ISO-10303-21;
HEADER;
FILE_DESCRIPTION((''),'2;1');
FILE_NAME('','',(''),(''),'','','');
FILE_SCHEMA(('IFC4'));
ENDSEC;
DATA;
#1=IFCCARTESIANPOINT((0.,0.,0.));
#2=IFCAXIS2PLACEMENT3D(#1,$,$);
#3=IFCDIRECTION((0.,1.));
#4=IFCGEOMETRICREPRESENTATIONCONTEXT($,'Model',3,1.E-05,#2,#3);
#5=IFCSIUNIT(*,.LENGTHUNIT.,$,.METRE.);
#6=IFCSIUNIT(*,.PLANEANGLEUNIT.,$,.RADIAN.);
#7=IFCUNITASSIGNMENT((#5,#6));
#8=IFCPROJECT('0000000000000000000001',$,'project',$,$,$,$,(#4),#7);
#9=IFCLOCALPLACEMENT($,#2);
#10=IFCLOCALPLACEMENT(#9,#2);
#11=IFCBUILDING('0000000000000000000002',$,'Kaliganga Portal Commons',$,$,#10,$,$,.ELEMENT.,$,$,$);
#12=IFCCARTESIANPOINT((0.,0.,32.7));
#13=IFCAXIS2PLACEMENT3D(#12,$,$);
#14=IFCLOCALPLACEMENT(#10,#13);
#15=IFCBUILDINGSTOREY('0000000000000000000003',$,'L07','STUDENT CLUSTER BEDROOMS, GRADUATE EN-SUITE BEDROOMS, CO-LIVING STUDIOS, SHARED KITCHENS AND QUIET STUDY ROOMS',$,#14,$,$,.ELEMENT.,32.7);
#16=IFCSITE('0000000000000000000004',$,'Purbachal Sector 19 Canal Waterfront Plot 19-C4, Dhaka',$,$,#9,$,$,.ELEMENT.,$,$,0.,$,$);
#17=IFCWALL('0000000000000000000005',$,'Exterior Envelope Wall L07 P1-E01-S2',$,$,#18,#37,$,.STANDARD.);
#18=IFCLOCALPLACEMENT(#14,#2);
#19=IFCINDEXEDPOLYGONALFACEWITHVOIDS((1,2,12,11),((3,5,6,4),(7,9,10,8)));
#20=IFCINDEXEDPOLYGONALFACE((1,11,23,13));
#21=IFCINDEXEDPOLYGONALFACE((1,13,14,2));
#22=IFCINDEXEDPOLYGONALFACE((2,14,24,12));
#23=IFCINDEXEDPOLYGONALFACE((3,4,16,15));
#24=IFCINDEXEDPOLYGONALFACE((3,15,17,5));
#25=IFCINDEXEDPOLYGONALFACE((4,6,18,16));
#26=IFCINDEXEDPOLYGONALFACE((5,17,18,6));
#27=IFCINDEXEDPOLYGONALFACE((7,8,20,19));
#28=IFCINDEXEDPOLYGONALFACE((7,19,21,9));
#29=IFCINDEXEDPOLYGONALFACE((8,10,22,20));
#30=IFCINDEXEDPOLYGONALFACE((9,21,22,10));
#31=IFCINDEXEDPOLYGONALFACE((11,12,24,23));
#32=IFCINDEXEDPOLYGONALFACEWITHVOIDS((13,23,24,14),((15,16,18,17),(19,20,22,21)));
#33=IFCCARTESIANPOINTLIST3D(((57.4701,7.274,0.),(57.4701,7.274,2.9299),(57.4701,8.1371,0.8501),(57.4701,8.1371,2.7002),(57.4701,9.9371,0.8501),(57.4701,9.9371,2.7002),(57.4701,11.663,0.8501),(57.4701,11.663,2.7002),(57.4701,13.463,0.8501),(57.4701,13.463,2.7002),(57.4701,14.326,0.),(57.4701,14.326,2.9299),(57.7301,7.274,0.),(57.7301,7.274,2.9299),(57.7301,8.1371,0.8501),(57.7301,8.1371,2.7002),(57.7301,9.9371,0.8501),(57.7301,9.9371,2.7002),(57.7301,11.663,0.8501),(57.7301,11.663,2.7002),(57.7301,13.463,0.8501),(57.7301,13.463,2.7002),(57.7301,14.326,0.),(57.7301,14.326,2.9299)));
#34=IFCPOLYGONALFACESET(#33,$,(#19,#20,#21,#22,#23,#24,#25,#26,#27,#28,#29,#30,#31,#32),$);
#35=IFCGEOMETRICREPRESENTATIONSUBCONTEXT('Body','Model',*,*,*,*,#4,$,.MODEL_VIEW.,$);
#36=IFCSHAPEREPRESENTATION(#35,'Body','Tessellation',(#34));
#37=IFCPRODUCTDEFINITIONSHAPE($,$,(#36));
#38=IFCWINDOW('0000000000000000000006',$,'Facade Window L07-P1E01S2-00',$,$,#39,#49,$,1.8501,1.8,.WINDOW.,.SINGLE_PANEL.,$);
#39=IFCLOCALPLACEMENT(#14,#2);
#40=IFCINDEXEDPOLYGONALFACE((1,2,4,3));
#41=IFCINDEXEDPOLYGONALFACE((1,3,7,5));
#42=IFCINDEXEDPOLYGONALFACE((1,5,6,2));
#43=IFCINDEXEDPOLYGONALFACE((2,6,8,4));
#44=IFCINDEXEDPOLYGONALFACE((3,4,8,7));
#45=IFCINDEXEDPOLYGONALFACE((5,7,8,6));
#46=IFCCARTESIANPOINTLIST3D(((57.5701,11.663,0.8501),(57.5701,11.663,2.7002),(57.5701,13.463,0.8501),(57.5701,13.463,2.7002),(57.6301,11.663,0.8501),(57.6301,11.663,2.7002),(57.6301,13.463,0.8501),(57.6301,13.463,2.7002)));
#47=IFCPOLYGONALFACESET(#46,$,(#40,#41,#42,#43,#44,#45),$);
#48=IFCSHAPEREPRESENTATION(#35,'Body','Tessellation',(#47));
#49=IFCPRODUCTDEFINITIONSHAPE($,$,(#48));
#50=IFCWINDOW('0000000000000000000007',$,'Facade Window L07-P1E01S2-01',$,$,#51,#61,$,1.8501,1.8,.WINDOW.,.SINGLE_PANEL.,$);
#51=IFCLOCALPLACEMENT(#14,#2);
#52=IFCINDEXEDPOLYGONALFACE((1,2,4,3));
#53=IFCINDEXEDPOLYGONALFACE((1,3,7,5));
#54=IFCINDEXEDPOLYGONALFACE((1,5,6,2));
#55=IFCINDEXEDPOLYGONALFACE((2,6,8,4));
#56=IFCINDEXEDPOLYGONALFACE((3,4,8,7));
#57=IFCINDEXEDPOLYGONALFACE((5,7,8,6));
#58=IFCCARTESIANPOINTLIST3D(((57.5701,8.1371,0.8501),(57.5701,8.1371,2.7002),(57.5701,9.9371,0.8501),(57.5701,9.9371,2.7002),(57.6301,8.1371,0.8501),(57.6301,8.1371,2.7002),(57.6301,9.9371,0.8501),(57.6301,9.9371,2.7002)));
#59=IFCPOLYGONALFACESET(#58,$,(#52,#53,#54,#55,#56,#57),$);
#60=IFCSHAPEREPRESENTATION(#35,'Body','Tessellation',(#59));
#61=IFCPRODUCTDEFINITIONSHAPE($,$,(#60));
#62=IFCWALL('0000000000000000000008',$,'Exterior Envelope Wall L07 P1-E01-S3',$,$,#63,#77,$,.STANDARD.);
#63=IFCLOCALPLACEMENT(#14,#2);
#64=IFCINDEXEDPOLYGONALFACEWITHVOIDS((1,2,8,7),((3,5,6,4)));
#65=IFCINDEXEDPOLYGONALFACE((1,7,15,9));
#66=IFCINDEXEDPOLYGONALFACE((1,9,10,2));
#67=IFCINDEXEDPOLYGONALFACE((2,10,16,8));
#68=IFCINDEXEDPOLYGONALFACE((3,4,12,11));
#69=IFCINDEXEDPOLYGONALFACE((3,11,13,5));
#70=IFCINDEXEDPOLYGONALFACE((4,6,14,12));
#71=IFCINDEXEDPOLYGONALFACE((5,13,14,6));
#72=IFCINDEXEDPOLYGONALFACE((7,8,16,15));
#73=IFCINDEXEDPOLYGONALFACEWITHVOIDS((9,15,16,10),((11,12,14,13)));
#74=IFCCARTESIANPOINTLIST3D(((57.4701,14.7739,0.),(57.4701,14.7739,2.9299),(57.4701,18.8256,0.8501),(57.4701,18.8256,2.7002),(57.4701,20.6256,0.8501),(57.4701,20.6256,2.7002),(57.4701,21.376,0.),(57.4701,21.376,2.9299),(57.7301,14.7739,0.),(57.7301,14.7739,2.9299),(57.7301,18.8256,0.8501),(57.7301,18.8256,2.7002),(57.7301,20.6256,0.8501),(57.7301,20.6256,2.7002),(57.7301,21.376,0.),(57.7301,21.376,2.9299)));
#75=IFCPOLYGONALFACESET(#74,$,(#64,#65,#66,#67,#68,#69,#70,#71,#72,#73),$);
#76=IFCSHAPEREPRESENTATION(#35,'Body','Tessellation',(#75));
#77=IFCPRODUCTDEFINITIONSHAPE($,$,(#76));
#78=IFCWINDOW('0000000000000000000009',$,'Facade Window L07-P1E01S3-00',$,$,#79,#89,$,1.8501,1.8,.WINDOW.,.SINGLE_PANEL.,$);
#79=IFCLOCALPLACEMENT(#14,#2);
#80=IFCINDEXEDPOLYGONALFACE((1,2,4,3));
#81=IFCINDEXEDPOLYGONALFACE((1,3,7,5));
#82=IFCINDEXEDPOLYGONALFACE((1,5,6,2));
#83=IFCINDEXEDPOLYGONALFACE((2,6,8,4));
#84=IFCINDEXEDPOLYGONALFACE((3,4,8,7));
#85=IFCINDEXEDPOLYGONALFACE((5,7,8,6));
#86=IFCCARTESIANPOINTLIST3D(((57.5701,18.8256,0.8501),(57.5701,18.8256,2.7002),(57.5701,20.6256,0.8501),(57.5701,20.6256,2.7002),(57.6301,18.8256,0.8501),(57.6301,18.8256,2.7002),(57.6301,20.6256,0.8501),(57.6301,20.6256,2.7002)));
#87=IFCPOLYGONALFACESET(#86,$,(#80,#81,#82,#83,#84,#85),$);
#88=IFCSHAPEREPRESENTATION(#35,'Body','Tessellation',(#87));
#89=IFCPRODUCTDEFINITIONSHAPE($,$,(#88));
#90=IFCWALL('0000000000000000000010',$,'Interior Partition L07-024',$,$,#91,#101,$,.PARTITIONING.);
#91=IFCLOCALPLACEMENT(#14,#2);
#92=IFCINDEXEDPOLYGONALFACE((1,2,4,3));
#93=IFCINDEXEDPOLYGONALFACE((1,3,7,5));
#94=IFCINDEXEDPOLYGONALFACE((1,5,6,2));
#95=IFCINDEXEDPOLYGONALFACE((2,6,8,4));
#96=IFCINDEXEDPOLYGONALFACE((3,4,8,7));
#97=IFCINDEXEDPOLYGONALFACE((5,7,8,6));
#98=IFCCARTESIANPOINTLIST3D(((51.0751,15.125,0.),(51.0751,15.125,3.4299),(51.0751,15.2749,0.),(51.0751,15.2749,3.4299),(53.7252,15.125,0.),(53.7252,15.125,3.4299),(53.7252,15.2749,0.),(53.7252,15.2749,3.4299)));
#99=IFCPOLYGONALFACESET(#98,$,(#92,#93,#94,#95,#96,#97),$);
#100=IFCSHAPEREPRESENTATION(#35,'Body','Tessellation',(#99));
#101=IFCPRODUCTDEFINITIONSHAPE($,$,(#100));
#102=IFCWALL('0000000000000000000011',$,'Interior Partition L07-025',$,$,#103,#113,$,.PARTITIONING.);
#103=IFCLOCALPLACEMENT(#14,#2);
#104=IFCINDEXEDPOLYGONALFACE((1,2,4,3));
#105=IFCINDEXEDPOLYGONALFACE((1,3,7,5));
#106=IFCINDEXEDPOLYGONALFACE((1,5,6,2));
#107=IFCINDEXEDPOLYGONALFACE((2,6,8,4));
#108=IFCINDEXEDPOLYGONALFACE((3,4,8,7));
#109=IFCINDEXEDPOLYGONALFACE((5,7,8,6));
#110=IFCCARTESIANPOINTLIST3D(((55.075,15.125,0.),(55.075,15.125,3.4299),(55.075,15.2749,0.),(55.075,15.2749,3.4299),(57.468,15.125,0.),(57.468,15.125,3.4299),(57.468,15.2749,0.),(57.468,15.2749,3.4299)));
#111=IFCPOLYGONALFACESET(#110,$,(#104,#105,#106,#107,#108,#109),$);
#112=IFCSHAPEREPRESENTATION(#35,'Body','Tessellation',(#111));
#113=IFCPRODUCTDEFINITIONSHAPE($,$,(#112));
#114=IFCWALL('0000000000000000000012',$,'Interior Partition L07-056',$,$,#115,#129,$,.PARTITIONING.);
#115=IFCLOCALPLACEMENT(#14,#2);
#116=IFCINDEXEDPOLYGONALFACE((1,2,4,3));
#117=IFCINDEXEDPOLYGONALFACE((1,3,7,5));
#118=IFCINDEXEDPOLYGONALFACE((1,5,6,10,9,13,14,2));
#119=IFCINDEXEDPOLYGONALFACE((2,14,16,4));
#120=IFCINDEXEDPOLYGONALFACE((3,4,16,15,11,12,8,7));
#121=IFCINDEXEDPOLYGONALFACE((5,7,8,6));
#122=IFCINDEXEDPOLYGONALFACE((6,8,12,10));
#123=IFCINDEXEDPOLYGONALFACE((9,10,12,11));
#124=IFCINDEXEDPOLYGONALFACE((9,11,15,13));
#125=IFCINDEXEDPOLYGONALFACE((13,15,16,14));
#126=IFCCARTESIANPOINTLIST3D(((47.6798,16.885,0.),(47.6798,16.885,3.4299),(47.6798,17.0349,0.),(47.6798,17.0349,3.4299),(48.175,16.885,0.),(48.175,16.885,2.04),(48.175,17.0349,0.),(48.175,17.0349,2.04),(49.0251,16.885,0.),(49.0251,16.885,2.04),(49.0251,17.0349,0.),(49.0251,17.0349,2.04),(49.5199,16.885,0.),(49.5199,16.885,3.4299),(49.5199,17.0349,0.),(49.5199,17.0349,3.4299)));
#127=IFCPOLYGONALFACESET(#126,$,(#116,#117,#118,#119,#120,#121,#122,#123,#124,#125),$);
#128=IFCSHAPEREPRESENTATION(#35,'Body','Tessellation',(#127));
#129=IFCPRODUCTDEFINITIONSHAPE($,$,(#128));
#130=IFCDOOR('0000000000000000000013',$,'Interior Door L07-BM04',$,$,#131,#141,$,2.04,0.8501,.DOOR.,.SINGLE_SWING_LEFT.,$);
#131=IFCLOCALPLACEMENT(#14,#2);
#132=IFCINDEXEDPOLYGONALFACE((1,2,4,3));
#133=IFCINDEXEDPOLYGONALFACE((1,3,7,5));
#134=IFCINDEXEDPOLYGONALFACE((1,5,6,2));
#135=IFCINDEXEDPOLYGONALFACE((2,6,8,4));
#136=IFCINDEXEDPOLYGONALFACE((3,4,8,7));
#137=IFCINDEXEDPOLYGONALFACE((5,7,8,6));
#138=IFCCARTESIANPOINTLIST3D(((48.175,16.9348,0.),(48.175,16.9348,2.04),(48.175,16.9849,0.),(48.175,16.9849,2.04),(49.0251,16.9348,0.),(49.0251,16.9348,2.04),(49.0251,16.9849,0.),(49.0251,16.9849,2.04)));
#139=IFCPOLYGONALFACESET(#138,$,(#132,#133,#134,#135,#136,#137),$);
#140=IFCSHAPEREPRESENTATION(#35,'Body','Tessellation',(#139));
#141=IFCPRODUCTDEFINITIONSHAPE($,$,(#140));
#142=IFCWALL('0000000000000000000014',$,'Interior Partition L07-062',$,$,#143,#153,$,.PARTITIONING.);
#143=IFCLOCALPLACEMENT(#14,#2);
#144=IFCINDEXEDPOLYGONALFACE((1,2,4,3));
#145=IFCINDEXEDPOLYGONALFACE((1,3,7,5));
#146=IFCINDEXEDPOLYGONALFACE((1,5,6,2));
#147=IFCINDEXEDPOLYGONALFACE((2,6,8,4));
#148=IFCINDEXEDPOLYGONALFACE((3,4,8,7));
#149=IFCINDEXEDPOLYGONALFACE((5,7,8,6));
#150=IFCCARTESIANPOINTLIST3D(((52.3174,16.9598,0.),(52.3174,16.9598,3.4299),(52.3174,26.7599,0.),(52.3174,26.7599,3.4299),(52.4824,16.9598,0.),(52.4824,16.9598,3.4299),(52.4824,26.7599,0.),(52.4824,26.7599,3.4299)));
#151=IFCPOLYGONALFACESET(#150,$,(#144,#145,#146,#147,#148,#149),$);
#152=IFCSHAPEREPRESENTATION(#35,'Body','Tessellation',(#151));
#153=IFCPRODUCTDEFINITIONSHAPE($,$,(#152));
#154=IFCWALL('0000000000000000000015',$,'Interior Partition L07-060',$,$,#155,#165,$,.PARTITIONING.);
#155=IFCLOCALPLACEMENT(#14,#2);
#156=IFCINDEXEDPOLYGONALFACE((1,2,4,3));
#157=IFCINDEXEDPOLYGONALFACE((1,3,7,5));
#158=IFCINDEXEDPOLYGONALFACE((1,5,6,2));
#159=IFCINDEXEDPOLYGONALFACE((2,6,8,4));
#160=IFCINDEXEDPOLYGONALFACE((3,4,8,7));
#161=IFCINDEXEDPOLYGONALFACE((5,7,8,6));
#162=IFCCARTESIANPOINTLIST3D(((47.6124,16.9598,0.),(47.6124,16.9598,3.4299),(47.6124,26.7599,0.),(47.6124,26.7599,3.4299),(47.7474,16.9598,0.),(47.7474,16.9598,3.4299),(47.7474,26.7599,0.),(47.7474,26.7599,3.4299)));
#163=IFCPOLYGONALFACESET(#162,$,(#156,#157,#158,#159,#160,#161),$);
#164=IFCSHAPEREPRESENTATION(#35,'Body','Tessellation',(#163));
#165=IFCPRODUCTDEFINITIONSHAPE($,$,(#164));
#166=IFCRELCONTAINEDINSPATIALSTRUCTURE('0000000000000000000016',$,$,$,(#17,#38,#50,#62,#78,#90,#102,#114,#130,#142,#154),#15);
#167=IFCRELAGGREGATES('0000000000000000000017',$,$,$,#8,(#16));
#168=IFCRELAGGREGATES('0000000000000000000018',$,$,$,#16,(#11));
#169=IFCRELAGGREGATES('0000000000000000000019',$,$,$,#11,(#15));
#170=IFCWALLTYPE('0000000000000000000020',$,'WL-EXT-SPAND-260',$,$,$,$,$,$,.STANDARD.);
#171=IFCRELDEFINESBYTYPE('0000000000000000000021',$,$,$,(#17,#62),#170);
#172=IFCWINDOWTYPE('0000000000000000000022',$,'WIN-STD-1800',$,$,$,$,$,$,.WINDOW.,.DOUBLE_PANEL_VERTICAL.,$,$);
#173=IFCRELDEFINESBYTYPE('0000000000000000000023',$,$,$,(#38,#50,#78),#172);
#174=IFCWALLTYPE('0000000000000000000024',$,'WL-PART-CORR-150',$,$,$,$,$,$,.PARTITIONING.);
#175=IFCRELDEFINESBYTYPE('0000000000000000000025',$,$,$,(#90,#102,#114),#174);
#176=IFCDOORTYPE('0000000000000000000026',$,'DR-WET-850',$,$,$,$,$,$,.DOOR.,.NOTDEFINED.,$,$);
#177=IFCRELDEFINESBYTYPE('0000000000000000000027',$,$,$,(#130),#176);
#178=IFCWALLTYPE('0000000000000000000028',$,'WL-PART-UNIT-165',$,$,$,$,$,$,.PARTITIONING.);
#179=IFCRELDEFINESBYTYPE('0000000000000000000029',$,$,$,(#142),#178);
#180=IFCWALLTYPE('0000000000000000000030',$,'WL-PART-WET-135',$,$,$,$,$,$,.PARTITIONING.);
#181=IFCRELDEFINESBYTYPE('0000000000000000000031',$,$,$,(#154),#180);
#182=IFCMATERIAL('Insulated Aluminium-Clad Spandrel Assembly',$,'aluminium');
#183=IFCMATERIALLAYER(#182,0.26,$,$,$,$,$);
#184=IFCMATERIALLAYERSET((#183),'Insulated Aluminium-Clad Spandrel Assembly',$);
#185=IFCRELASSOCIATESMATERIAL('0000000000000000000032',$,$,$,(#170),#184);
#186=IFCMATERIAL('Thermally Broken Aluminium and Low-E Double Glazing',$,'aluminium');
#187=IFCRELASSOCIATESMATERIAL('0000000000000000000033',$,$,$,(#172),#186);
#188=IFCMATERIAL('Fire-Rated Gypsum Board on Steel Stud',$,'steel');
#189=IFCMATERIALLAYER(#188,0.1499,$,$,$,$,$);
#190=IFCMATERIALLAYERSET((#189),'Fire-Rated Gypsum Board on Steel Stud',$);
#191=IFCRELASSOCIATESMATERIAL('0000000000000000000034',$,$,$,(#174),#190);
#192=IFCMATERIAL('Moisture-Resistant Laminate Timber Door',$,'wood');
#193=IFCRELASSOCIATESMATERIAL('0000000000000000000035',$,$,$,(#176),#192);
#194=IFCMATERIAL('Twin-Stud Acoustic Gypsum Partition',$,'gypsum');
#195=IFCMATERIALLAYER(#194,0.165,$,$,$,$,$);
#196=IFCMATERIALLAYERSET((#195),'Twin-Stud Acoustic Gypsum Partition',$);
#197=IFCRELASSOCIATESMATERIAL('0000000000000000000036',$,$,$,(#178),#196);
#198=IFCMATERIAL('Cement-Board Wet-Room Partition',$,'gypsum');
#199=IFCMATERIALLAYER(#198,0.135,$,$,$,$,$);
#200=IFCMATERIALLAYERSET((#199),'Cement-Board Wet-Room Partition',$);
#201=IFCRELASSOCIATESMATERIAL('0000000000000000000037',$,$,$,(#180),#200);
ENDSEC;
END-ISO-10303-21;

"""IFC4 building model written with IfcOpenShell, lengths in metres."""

from ifc_helpers import new_model, si_unit, direction, frame, frame_2d, origin, place, context, subcontext, project, spatial, rectangle, extrude, material, layer, layer_set, type_object, element, fill, save


model = new_model("IFC4")

# Units and contexts
model_context = context("Model", 3, precision=1e-05, world=origin(), true_north=direction((0.0, 1.0)))
body_context = subcontext(model_context, "Body", "Model", "MODEL_VIEW")
ifc_project = project(units=[si_unit("LENGTHUNIT", "METRE"), si_unit("PLANEANGLEUNIT", "RADIAN")], contexts=[model_context])

# Site, building, storey
site_placement = place(None, origin())
site = spatial("IfcSite", under=ifc_project, at=site_placement, Name="Purbachal Sector 19 Canal Waterfront Plot 19-C4, Dhaka", CompositionType="ELEMENT", RefElevation=0.0)
building_placement = place(site_placement, origin())
building = spatial("IfcBuilding", under=site, at=building_placement, Name="Kaliganga Portal Commons", CompositionType="ELEMENT")
storey_placement = place(building_placement, frame((0.0, 0.0, 32.7)))
storey = spatial("IfcBuildingStorey", under=building, at=storey_placement, Name="L07", Description="STUDENT CLUSTER BEDROOMS, GRADUATE EN-SUITE BEDROOMS, CO-LIVING STUDIOS, SHARED KITCHENS AND QUIET STUDY ROOMS", CompositionType="ELEMENT", Elevation=32.7)

# Wall, openings, windows
ifc_material_1 = material(Name="Insulated Aluminium-Clad Spandrel Assembly", Category="aluminium")
ifc_layer_1 = layer(ifc_material_1, 0.26)
ifc_layer_set_1 = layer_set([ifc_layer_1], Name="Insulated Aluminium-Clad Spandrel Assembly")
wall_type_1 = type_object("IfcWallType", Name="WL-EXT-SPAND-260", PredefinedType="STANDARD", material=ifc_layer_set_1)
wall_1_placement = place(storey_placement, frame((57.6001, 14.3259, 0.0), z_axis=(0.0, 0.0, 1.0), x_axis=(0.0, -1.0, 0.0)))
wall_1 = element("IfcWall", 1, at=wall_1_placement, inside=storey, type_object=wall_type_1, Name="Exterior Envelope Wall L07 P1-E01-S2", PredefinedType="STANDARD", context=body_context, shape_type="SweptSolid", body=[
    extrude(rectangle(XDim=7.052, YDim=0.26, at=frame_2d((3.5259, 0.0))), origin(), (0.0, 0.0, 1.0), 2.9299),
])
opening_1_placement = place(wall_1_placement, frame((0.863, 0.0, 0.8501)))
opening_1 = element("IfcOpeningElement", 2, at=opening_1_placement, cuts=wall_1, PredefinedType="OPENING", context=body_context, shape_type="SweptSolid", body=[
    extrude(rectangle(XDim=1.8, YDim=1.8501, at=frame_2d((0.8999, 0.925))), frame((0.0, 0.1401, 0.0), z_axis=(0.0, -1.0, 0.0), x_axis=(1.0, 0.0, 0.0)), (0.0, 0.0, 1.0), 0.28),
])
opening_2_placement = place(wall_1_placement, frame((4.3889, 0.0, 0.8501)))
opening_2 = element("IfcOpeningElement", 3, at=opening_2_placement, cuts=wall_1, PredefinedType="OPENING", context=body_context, shape_type="SweptSolid", body=[
    extrude(rectangle(XDim=1.8, YDim=1.8501, at=frame_2d((0.8999, 0.925))), frame((0.0, 0.1401, 0.0), z_axis=(0.0, -1.0, 0.0), x_axis=(1.0, 0.0, 0.0)), (0.0, 0.0, 1.0), 0.28),
])
ifc_material_2 = material(Name="Thermally Broken Aluminium and Low-E Double Glazing", Category="aluminium")
window_type = type_object("IfcWindowType", Name="WIN-STD-1800", PartitioningType="DOUBLE_PANEL_VERTICAL", PredefinedType="WINDOW", material=ifc_material_2)
window_1_placement = place(opening_1_placement, origin())
window_1 = element("IfcWindow", 4, at=window_1_placement, inside=storey, type_object=window_type, Name="Facade Window L07-P1E01S2-00", OverallHeight=1.8501, OverallWidth=1.8, PartitioningType="SINGLE_PANEL", PredefinedType="WINDOW", context=body_context, shape_type="SweptSolid", body=[
    extrude(rectangle(XDim=1.8, YDim=1.8501, at=frame_2d((0.8999, 0.925))), frame((0.0, 0.03, 0.0), z_axis=(0.0, -1.0, 0.0), x_axis=(1.0, 0.0, 0.0)), (0.0, 0.0, 1.0), 0.0601),
])
fill(opening_1, window_1)
window_2_placement = place(opening_2_placement, origin())
window_2 = element("IfcWindow", 5, at=window_2_placement, inside=storey, type_object=window_type, Name="Facade Window L07-P1E01S2-01", OverallHeight=1.8501, OverallWidth=1.8, PartitioningType="SINGLE_PANEL", PredefinedType="WINDOW", context=body_context, shape_type="SweptSolid", body=[
    extrude(rectangle(XDim=1.8, YDim=1.8501, at=frame_2d((0.8999, 0.925))), frame((0.0, 0.03, 0.0), z_axis=(0.0, -1.0, 0.0), x_axis=(1.0, 0.0, 0.0)), (0.0, 0.0, 1.0), 0.0601),
])
fill(opening_2, window_2)

# Wall, opening, window
wall_2_placement = place(storey_placement, frame((57.6001, 21.376, 0.0), z_axis=(0.0, 0.0, 1.0), x_axis=(0.0, -1.0, 0.0)))
wall_2 = element("IfcWall", 6, at=wall_2_placement, inside=storey, type_object=wall_type_1, Name="Exterior Envelope Wall L07 P1-E01-S3", PredefinedType="STANDARD", context=body_context, shape_type="SweptSolid", body=[
    extrude(rectangle(XDim=6.6021, YDim=0.26, at=frame_2d((3.301, 0.0))), origin(), (0.0, 0.0, 1.0), 2.9299),
])
opening_3_placement = place(wall_2_placement, frame((0.7505, 0.0, 0.8501)))
opening_3 = element("IfcOpeningElement", 7, at=opening_3_placement, cuts=wall_2, PredefinedType="OPENING", context=body_context, shape_type="SweptSolid", body=[
    extrude(rectangle(XDim=1.8, YDim=1.8501, at=frame_2d((0.8999, 0.925))), frame((0.0, 0.1401, 0.0), z_axis=(0.0, -1.0, 0.0), x_axis=(1.0, 0.0, 0.0)), (0.0, 0.0, 1.0), 0.28),
])
window_3_placement = place(opening_3_placement, origin())
window_3 = element("IfcWindow", 8, at=window_3_placement, inside=storey, type_object=window_type, Name="Facade Window L07-P1E01S3-00", OverallHeight=1.8501, OverallWidth=1.8, PartitioningType="SINGLE_PANEL", PredefinedType="WINDOW", context=body_context, shape_type="SweptSolid", body=[
    extrude(rectangle(XDim=1.8, YDim=1.8501, at=frame_2d((0.8999, 0.925))), frame((0.0, 0.03, 0.0), z_axis=(0.0, -1.0, 0.0), x_axis=(1.0, 0.0, 0.0)), (0.0, 0.0, 1.0), 0.0601),
])
fill(opening_3, window_3)

# Walls
ifc_material_3 = material(Name="Fire-Rated Gypsum Board on Steel Stud", Category="steel")
ifc_layer_2 = layer(ifc_material_3, 0.1499)
ifc_layer_set_2 = layer_set([ifc_layer_2], Name="Fire-Rated Gypsum Board on Steel Stud")
wall_type_2 = type_object("IfcWallType", Name="WL-PART-CORR-150", PredefinedType="PARTITIONING", material=ifc_layer_set_2)
wall_3_placement = place(storey_placement, frame((51.075, 15.2, 0.0), z_axis=(0.0, 0.0, 1.0), x_axis=(1.0, 0.0, 0.0)))
element("IfcWall", 9, at=wall_3_placement, inside=storey, type_object=wall_type_2, Name="Interior Partition L07-024", PredefinedType="PARTITIONING", context=body_context, shape_type="SweptSolid", body=[
    extrude(rectangle(XDim=2.6501, YDim=0.1499, at=frame_2d((1.3252, 0.0))), origin(), (0.0, 0.0, 1.0), 3.4299),
])
wall_4_placement = place(storey_placement, frame((55.075, 15.2, 0.0), z_axis=(0.0, 0.0, 1.0), x_axis=(1.0, 0.0, 0.0)))
element("IfcWall", 10, at=wall_4_placement, inside=storey, type_object=wall_type_2, Name="Interior Partition L07-025", PredefinedType="PARTITIONING", context=body_context, shape_type="SweptSolid", body=[
    extrude(rectangle(XDim=2.3931, YDim=0.1499, at=frame_2d((1.1965, 0.0))), origin(), (0.0, 0.0, 1.0), 3.4299),
])

# Wall, opening, door
wall_5_placement = place(storey_placement, frame((47.6799, 16.96, 0.0), z_axis=(0.0, 0.0, 1.0), x_axis=(1.0, 0.0, 0.0)))
wall_5 = element("IfcWall", 11, at=wall_5_placement, inside=storey, type_object=wall_type_2, Name="Interior Partition L07-056", PredefinedType="PARTITIONING", context=body_context, shape_type="SweptSolid", body=[
    extrude(rectangle(XDim=1.8401, YDim=0.1499, at=frame_2d((0.9199, 0.0))), origin(), (0.0, 0.0, 1.0), 3.4299),
])
opening_4_placement = place(wall_5_placement, frame((0.4951, 0.0, 0.0)))
opening_4 = element("IfcOpeningElement", 12, at=opening_4_placement, cuts=wall_5, PredefinedType="OPENING", context=body_context, shape_type="SweptSolid", body=[
    extrude(rectangle(XDim=0.8501, YDim=2.04, at=frame_2d((0.425, 1.02))), frame((0.0, 0.085, 0.0), z_axis=(0.0, -1.0, 0.0), x_axis=(1.0, 0.0, 0.0)), (0.0, 0.0, 1.0), 0.1699),
])
ifc_material_4 = material(Name="Moisture-Resistant Laminate Timber Door", Category="wood")
door_type_1 = type_object("IfcDoorType", Name="DR-WET-850", OperationType="NOTDEFINED", PredefinedType="DOOR", material=ifc_material_4)
door_1_placement = place(opening_4_placement, origin())
door_1 = element("IfcDoor", 13, at=door_1_placement, inside=storey, type_object=door_type_1, Name="Interior Door L07-BM04", OperationType="SINGLE_SWING_LEFT", OverallHeight=2.04, OverallWidth=0.8501, PredefinedType="DOOR", context=body_context, shape_type="SweptSolid", body=[
    extrude(rectangle(XDim=0.8501, YDim=2.04, at=frame_2d((0.425, 1.02))), frame((0.0, 0.0249, 0.0), z_axis=(0.0, -1.0, 0.0), x_axis=(1.0, 0.0, 0.0)), (0.0, 0.0, 1.0), 0.05),
])
fill(opening_4, door_1)

# Walls
ifc_material_5 = material(Name="Twin-Stud Acoustic Gypsum Partition", Category="gypsum")
ifc_layer_3 = layer(ifc_material_5, 0.165)
ifc_layer_set_3 = layer_set([ifc_layer_3], Name="Twin-Stud Acoustic Gypsum Partition")
wall_type_3 = type_object("IfcWallType", Name="WL-PART-UNIT-165", PredefinedType="PARTITIONING", material=ifc_layer_set_3)
wall_6_placement = place(storey_placement, frame((52.3999, 16.96, 0.0), z_axis=(0.0, 0.0, 1.0), x_axis=(0.0, 1.0, 0.0)))
element("IfcWall", 14, at=wall_6_placement, inside=storey, type_object=wall_type_3, Name="Interior Partition L07-062", PredefinedType="PARTITIONING", context=body_context, shape_type="SweptSolid", body=[
    extrude(rectangle(XDim=9.8, YDim=0.165, at=frame_2d((4.8999, 0.0))), origin(), (0.0, 0.0, 1.0), 3.4299),
])
ifc_material_6 = material(Name="Cement-Board Wet-Room Partition", Category="gypsum")
ifc_layer_4 = layer(ifc_material_6, 0.135)
ifc_layer_set_4 = layer_set([ifc_layer_4], Name="Cement-Board Wet-Room Partition")
wall_type_4 = type_object("IfcWallType", Name="WL-PART-WET-135", PredefinedType="PARTITIONING", material=ifc_layer_set_4)
for number, where, z_axis, x_axis, name in (
    (15, (47.6799, 16.96, 0.0), (0.0, 0.0, 1.0), (0.0, 1.0, 0.0), "Interior Partition L07-060"),
):
    element("IfcWall", number, at=place(storey_placement, frame(where, z_axis=z_axis, x_axis=x_axis)), inside=storey, type_object=wall_type_4, Name=name, PredefinedType="PARTITIONING", context=body_context, shape_type="SweptSolid", body=[
        extrude(rectangle(XDim=9.8, YDim=0.135, at=frame_2d((4.8999, 0.0))), origin(), (0.0, 0.0, 1.0), 3.4299),
    ])

save(model, "model.ifc")
